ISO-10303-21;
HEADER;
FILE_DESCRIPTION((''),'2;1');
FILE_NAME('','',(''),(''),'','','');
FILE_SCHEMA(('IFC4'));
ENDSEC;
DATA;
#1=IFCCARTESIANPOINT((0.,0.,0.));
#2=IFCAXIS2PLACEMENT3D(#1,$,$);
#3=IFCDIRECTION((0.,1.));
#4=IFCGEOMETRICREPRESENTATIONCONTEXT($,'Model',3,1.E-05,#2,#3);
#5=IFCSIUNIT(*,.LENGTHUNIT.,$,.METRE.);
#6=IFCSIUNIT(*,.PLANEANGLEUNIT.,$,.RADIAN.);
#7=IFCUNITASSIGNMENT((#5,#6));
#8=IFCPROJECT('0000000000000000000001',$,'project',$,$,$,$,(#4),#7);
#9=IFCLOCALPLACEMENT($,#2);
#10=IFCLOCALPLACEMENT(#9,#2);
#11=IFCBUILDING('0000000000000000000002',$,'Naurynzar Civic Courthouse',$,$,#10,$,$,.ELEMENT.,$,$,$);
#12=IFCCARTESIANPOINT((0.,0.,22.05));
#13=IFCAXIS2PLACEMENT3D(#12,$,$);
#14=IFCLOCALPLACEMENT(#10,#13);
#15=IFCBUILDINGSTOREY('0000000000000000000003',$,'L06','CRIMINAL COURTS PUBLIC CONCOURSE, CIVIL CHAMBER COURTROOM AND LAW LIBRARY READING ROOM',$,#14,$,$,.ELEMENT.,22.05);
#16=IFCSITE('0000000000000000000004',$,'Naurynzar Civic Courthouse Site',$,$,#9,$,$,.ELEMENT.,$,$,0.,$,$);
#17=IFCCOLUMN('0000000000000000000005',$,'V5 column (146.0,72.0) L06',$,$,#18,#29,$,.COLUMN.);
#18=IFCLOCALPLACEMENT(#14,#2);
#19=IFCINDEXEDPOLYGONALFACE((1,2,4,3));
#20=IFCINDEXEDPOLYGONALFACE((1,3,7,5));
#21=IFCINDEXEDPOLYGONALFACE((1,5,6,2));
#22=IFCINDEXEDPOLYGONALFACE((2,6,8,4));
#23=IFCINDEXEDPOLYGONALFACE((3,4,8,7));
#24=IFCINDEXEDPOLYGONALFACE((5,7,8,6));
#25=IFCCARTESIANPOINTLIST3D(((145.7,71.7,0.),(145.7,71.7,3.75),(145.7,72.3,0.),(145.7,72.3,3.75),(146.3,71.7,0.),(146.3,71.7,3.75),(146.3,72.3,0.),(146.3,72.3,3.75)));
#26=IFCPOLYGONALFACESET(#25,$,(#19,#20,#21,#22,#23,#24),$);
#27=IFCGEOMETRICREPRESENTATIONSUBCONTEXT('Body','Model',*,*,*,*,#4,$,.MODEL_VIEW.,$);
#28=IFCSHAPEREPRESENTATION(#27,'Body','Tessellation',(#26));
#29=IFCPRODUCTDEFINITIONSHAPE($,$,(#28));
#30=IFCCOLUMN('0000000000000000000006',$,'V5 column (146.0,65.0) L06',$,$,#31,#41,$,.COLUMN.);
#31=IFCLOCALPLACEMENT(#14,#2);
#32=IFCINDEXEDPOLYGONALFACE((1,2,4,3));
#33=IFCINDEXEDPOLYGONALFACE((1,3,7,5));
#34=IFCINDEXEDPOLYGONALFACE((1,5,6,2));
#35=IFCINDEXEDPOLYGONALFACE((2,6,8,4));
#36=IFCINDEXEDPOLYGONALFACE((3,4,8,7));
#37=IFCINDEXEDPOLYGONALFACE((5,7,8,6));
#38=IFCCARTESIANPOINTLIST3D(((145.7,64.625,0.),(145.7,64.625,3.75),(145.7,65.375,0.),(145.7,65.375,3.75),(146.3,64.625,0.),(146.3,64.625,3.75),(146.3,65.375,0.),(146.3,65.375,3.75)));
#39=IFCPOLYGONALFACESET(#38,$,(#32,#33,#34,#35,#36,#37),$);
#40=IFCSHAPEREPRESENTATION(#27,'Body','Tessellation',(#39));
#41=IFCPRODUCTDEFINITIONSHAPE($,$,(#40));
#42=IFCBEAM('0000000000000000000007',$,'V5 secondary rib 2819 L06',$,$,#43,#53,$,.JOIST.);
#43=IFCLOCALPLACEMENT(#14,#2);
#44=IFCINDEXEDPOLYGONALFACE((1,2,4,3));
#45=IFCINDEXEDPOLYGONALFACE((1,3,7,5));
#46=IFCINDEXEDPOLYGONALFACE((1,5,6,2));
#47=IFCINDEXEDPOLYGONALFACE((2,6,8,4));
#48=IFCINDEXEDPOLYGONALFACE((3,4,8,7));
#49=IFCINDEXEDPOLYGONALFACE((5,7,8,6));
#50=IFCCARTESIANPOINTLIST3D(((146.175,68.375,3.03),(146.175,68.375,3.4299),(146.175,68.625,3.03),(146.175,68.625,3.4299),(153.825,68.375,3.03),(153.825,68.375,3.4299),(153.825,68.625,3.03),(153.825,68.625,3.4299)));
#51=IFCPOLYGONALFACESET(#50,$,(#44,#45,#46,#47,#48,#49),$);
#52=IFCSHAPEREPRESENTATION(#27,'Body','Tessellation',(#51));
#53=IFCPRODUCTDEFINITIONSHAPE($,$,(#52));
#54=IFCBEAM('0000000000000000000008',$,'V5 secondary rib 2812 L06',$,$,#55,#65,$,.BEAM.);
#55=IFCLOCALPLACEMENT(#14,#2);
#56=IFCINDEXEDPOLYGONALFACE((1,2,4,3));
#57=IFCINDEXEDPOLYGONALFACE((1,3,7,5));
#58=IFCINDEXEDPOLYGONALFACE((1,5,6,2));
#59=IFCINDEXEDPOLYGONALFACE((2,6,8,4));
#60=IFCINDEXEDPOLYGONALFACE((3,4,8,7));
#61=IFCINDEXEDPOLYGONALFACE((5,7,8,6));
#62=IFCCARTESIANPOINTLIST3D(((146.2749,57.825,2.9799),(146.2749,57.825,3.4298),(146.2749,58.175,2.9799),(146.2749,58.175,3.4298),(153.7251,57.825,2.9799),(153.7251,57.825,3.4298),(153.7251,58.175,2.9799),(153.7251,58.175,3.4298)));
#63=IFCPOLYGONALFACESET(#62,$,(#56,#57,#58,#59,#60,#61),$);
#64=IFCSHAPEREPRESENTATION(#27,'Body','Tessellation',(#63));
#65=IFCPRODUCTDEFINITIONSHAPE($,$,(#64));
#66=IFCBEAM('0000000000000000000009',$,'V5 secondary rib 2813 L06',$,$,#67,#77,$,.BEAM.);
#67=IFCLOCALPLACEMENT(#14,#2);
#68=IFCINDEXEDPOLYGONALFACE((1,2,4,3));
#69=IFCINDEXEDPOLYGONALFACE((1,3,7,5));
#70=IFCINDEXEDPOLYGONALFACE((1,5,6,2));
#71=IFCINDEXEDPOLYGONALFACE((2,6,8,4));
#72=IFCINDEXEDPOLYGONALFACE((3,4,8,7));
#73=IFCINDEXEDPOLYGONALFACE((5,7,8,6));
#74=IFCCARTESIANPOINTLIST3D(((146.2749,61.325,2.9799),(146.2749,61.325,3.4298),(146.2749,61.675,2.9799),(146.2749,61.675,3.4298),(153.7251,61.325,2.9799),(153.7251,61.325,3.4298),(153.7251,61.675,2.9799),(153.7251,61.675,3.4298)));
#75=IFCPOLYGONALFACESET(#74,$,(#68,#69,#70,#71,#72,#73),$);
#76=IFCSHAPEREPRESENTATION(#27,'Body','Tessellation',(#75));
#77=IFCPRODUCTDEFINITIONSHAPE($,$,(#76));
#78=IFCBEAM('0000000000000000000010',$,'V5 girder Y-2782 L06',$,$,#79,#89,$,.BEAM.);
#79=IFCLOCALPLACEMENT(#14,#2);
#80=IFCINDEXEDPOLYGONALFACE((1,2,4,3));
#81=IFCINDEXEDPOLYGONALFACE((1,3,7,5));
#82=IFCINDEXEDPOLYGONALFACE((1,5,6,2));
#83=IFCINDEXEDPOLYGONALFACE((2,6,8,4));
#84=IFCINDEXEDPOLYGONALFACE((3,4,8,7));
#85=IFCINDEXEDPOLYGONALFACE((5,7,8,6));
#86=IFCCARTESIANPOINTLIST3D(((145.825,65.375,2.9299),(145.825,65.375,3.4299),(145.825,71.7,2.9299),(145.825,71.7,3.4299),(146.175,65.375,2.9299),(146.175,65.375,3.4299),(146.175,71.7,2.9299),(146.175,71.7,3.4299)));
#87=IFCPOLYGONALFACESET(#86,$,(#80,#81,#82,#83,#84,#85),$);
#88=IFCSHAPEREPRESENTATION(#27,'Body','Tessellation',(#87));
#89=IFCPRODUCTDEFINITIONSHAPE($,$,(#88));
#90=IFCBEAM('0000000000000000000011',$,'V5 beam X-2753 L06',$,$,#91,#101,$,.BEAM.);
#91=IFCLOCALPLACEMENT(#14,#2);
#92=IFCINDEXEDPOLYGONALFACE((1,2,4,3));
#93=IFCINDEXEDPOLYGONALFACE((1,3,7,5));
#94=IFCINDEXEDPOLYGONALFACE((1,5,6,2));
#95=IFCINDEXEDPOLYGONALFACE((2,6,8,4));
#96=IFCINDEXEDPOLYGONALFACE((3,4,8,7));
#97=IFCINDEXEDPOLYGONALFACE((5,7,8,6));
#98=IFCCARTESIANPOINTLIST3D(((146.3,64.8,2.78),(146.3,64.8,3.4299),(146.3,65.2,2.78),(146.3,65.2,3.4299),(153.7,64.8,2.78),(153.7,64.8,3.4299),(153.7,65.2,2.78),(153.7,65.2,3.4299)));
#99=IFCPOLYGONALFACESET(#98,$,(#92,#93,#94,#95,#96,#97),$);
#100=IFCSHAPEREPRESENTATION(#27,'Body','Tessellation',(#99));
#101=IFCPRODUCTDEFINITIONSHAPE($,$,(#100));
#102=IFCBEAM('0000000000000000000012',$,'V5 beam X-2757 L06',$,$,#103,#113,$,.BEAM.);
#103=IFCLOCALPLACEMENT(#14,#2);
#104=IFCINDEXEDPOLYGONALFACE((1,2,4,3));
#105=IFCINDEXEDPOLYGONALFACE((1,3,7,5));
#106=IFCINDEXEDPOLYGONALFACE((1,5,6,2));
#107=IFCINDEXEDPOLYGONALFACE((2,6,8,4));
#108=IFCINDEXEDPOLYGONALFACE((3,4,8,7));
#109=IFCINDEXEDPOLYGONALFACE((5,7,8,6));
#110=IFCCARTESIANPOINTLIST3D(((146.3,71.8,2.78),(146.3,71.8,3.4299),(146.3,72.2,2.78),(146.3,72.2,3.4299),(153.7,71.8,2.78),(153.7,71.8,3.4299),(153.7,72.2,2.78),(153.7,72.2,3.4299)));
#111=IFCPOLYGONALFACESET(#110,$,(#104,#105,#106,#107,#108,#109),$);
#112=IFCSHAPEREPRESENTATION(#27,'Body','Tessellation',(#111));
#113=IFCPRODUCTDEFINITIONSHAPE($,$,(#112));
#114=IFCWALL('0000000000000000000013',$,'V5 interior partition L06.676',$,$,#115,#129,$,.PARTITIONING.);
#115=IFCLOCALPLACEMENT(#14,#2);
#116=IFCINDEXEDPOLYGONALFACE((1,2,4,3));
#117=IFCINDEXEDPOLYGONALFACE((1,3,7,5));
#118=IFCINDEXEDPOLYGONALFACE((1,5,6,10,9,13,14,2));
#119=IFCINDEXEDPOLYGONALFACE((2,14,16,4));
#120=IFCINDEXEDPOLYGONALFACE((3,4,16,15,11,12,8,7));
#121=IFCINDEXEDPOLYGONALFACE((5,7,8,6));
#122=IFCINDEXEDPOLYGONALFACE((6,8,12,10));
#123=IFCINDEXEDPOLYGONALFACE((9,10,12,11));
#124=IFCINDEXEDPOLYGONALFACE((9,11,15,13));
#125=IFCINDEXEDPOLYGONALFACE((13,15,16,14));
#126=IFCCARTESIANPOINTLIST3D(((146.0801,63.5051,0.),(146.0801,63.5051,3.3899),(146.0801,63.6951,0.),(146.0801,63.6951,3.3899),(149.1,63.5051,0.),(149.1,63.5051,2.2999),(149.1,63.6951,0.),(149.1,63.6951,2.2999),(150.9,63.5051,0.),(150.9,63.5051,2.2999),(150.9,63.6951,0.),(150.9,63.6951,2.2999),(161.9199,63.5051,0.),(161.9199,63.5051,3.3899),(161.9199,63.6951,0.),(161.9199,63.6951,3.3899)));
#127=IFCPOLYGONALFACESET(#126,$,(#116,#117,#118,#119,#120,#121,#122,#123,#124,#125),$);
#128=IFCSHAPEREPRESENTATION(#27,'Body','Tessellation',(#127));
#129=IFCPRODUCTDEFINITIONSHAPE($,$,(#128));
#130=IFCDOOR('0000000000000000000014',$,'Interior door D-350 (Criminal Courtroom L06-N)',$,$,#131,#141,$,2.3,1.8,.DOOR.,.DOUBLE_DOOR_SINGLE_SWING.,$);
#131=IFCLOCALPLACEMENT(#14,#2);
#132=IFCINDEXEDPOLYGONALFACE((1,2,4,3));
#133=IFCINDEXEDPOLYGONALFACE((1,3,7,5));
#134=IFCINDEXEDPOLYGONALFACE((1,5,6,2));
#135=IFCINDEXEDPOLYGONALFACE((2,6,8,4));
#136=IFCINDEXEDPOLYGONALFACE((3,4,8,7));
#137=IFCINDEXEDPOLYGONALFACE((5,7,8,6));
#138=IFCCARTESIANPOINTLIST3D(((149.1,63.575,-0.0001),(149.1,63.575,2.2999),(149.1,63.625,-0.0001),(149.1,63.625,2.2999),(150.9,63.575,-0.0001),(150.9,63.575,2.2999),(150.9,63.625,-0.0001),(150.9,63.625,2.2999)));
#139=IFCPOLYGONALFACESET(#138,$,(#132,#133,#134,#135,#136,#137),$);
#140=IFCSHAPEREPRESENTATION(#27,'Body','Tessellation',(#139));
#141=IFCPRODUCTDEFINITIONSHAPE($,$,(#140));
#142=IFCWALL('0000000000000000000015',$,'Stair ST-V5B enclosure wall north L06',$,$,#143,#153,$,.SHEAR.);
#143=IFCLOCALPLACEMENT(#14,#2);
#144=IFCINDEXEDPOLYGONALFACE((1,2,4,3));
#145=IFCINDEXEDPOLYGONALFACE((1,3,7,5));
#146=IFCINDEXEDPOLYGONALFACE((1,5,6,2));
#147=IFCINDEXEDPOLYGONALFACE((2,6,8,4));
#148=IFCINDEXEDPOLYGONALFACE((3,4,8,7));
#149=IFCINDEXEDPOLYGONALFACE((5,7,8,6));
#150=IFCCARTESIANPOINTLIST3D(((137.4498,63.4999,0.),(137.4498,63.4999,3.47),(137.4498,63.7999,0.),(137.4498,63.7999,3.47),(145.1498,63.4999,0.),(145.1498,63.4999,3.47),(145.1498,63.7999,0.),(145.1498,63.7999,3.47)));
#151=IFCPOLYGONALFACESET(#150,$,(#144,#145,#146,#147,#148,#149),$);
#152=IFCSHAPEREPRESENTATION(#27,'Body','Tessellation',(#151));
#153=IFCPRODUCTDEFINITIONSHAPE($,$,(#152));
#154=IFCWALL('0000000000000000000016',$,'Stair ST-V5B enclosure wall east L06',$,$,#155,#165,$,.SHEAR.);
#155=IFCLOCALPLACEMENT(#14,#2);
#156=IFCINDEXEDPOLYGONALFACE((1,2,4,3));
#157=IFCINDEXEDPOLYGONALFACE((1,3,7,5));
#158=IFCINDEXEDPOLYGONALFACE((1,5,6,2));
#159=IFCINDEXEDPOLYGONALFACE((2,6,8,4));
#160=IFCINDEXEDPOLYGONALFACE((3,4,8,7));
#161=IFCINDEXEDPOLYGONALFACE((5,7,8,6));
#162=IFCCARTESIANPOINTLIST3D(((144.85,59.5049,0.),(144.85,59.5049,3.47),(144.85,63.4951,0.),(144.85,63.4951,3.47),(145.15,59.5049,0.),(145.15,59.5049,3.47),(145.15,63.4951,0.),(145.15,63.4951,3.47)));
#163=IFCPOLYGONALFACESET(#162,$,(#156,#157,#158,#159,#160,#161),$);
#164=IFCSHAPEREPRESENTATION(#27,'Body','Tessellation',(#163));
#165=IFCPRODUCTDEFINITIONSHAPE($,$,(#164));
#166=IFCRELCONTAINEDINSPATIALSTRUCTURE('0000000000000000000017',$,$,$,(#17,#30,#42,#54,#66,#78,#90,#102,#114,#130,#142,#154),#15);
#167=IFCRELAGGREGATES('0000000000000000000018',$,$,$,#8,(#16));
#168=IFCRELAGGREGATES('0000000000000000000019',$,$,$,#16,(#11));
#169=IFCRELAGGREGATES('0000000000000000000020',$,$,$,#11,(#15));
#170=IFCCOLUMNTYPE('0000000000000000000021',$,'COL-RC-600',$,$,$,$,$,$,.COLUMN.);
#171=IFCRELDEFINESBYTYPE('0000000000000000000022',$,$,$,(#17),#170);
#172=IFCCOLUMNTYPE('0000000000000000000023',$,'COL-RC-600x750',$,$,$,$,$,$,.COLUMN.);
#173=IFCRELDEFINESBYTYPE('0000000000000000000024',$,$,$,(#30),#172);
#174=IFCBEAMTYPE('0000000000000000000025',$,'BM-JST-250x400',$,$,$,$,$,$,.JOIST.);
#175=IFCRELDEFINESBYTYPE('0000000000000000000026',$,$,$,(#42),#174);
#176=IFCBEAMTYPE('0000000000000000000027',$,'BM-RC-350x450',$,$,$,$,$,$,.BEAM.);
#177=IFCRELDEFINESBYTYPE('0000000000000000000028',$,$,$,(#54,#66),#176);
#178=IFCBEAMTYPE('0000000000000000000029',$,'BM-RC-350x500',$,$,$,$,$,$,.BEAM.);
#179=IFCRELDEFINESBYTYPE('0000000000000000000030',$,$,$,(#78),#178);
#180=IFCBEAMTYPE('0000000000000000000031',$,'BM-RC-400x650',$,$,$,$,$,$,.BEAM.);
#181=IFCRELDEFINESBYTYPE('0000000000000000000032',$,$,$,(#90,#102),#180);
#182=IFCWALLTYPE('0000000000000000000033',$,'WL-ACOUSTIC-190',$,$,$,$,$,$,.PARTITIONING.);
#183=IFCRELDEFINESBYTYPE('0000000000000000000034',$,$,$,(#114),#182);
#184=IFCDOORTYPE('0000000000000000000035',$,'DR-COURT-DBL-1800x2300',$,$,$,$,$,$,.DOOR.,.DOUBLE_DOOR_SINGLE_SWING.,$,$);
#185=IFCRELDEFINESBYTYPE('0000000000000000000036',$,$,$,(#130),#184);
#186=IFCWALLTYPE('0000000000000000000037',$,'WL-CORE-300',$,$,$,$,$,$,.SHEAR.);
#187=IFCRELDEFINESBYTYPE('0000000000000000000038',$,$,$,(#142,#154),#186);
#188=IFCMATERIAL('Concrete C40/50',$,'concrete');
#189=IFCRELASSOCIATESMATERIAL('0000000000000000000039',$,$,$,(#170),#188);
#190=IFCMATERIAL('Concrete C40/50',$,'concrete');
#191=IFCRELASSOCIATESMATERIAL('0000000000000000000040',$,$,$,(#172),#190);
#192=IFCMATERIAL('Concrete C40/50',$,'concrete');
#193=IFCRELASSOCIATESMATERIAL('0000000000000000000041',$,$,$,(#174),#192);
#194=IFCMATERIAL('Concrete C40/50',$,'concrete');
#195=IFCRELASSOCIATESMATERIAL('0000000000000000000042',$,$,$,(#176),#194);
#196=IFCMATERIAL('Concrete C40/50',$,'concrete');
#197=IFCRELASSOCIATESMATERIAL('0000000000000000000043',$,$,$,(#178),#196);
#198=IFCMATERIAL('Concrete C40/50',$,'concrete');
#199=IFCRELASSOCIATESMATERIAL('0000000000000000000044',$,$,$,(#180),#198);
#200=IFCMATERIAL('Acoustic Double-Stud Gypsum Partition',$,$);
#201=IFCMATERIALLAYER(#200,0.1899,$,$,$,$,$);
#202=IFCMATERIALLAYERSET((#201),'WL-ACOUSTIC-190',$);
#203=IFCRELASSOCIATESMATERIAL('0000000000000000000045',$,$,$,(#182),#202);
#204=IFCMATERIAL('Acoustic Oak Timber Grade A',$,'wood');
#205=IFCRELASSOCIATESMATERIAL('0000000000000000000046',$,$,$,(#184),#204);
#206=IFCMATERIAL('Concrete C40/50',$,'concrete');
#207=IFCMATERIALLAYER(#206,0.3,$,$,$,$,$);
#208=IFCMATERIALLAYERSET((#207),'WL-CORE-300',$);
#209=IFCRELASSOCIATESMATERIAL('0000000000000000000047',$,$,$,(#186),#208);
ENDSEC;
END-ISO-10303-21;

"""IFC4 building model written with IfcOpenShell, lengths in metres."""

from ifc_helpers import new_model, si_unit, direction, frame, frame_2d, origin, origin_2d, place, context, subcontext, project, spatial, rectangle, extrude, material, layer, layer_set, material_profile, profile_set, type_object, element, fill, save


model = new_model("IFC4")

# Units and contexts
model_context = context("Model", 3, precision=1e-05, world=origin(), true_north=direction((0.0, 1.0)))
body_context = subcontext(model_context, "Body", "Model", "MODEL_VIEW")
ifc_project = project(units=[si_unit("LENGTHUNIT", "METRE"), si_unit("PLANEANGLEUNIT", "RADIAN")], contexts=[model_context])

# Site, building, storey
site_placement = place(None, origin())
site = spatial("IfcSite", under=ifc_project, at=site_placement, Name="Naurynzar Civic Courthouse Site", CompositionType="ELEMENT", RefElevation=0.0)
building_placement = place(site_placement, origin())
building = spatial("IfcBuilding", under=site, at=building_placement, Name="Naurynzar Civic Courthouse", CompositionType="ELEMENT")
storey_placement = place(building_placement, frame((0.0, 0.0, 22.05)))
storey = spatial("IfcBuildingStorey", under=building, at=storey_placement, Name="L06", Description="CRIMINAL COURTS PUBLIC CONCOURSE, CIVIL CHAMBER COURTROOM AND LAW LIBRARY READING ROOM", CompositionType="ELEMENT", Elevation=22.05)

# Columns
ifc_material_1 = material(Name="Concrete C40/50", Category="concrete")
ifc_material_profile_1 = material_profile(ifc_material_1, rectangle(XDim=0.6001, YDim=0.6001, at=origin_2d()), Name="RC 600x600")
ifc_profile_set_1 = profile_set([ifc_material_profile_1], Name="Concrete C40/50")
column_type_1 = type_object("IfcColumnType", Name="COL-RC-600", PredefinedType="COLUMN", material=ifc_profile_set_1)
column_1_placement = place(storey_placement, frame((146.0, 72.0, 0.0), z_axis=(0.0, 0.0, 1.0), x_axis=(1.0, 0.0, 0.0)))
element("IfcColumn", 1, at=column_1_placement, inside=storey, type_object=column_type_1, Name="V5 column (146.0,72.0) L06", PredefinedType="COLUMN", context=body_context, shape_type="SweptSolid", body=[
    extrude(rectangle(XDim=0.6001, YDim=0.6001, at=origin_2d()), origin(), (0.0, 0.0, 1.0), 3.75),
])
ifc_material_2 = material(Name="Concrete C40/50", Category="concrete")
ifc_material_profile_2 = material_profile(ifc_material_2, rectangle(XDim=0.6001, YDim=0.75, at=origin_2d()), Name="RC 600x750")
ifc_profile_set_2 = profile_set([ifc_material_profile_2], Name="Concrete C40/50")
column_type_2 = type_object("IfcColumnType", Name="COL-RC-600x750", PredefinedType="COLUMN", material=ifc_profile_set_2)
column_2_placement = place(storey_placement, frame((146.0, 65.0, 0.0), z_axis=(0.0, 0.0, 1.0), x_axis=(1.0, 0.0, 0.0)))
element("IfcColumn", 2, at=column_2_placement, inside=storey, type_object=column_type_2, Name="V5 column (146.0,65.0) L06", PredefinedType="COLUMN", context=body_context, shape_type="SweptSolid", body=[
    extrude(rectangle(XDim=0.6001, YDim=0.75, at=origin_2d()), origin(), (0.0, 0.0, 1.0), 3.75),
])

# Beams
ifc_material_3 = material(Name="Concrete C40/50", Category="concrete")
ifc_material_profile_3 = material_profile(ifc_material_3, rectangle(XDim=0.25, YDim=0.3999, at=origin_2d()), Name="RCB 250x400")
ifc_profile_set_3 = profile_set([ifc_material_profile_3], Name="Concrete C40/50")
beam_type_1 = type_object("IfcBeamType", Name="BM-JST-250x400", PredefinedType="JOIST", material=ifc_profile_set_3)
beam_1_placement = place(storey_placement, frame((146.175, 68.5, 3.23), z_axis=(1.0, 0.0, 0.0), x_axis=(0.0, 1.0, 0.0)))
element("IfcBeam", 3, at=beam_1_placement, inside=storey, type_object=beam_type_1, Name="V5 secondary rib 2819 L06", PredefinedType="JOIST", context=body_context, shape_type="SweptSolid", body=[
    extrude(rectangle(XDim=0.25, YDim=0.3999, at=origin_2d()), origin(), (0.0, 0.0, 1.0), 7.6499),
])
ifc_material_4 = material(Name="Concrete C40/50", Category="concrete")
ifc_material_profile_4 = material_profile(ifc_material_4, rectangle(XDim=0.3501, YDim=0.45, at=origin_2d()), Name="RCB 350x450")
ifc_profile_set_4 = profile_set([ifc_material_profile_4], Name="Concrete C40/50")
beam_type_2 = type_object("IfcBeamType", Name="BM-RC-350x450", PredefinedType="BEAM", material=ifc_profile_set_4)
for number, where, z_axis, x_axis, name in (
    (4, (146.2749, 58.0, 3.2048), (1.0, 0.0, 0.0), (0.0, 1.0, 0.0), "V5 secondary rib 2812 L06"),
    (5, (146.2749, 61.5, 3.2048), (1.0, 0.0, 0.0), (0.0, 1.0, 0.0), "V5 secondary rib 2813 L06"),
):
    element("IfcBeam", number, at=place(storey_placement, frame(where, z_axis=z_axis, x_axis=x_axis)), inside=storey, type_object=beam_type_2, Name=name, PredefinedType="BEAM", context=body_context, shape_type="SweptSolid", body=[
        extrude(rectangle(XDim=0.3501, YDim=0.45, at=origin_2d()), origin(), (0.0, 0.0, 1.0), 7.4502),
    ])
ifc_material_5 = material(Name="Concrete C40/50", Category="concrete")
ifc_material_profile_5 = material_profile(ifc_material_5, rectangle(XDim=0.3501, YDim=0.5, at=origin_2d()), Name="RCB 350x500")
ifc_profile_set_5 = profile_set([ifc_material_profile_5], Name="Concrete C40/50")
beam_type_3 = type_object("IfcBeamType", Name="BM-RC-350x500", PredefinedType="BEAM", material=ifc_profile_set_5)
beam_2_placement = place(storey_placement, frame((146.0, 65.375, 3.1799), z_axis=(0.0, 1.0, 0.0), x_axis=(-1.0, 0.0, 0.0)))
element("IfcBeam", 6, at=beam_2_placement, inside=storey, type_object=beam_type_3, Name="V5 girder Y-2782 L06", PredefinedType="BEAM", context=body_context, shape_type="SweptSolid", body=[
    extrude(rectangle(XDim=0.3501, YDim=0.5, at=origin_2d()), origin(), (0.0, 0.0, 1.0), 6.325),
])
ifc_material_6 = material(Name="Concrete C40/50", Category="concrete")
ifc_material_profile_6 = material_profile(ifc_material_6, rectangle(XDim=0.3999, YDim=0.6499, at=origin_2d()), Name="RCB 400x650")
ifc_profile_set_6 = profile_set([ifc_material_profile_6], Name="Concrete C40/50")
beam_type_4 = type_object("IfcBeamType", Name="BM-RC-400x650", PredefinedType="BEAM", material=ifc_profile_set_6)
for number, where, z_axis, x_axis, name in (
    (7, (146.3, 65.0, 3.105), (1.0, 0.0, 0.0), (0.0, 1.0, 0.0), "V5 beam X-2753 L06"),
    (8, (146.3, 72.0, 3.105), (1.0, 0.0, 0.0), (0.0, 1.0, 0.0), "V5 beam X-2757 L06"),
):
    element("IfcBeam", number, at=place(storey_placement, frame(where, z_axis=z_axis, x_axis=x_axis)), inside=storey, type_object=beam_type_4, Name=name, PredefinedType="BEAM", context=body_context, shape_type="SweptSolid", body=[
        extrude(rectangle(XDim=0.3999, YDim=0.6499, at=origin_2d()), origin(), (0.0, 0.0, 1.0), 7.3999),
    ])

# Wall, opening, door
ifc_material_7 = material(Name="Acoustic Double-Stud Gypsum Partition")
ifc_layer_1 = layer(ifc_material_7, 0.1899)
ifc_layer_set_1 = layer_set([ifc_layer_1], Name="WL-ACOUSTIC-190")
wall_type_1 = type_object("IfcWallType", Name="WL-ACOUSTIC-190", PredefinedType="PARTITIONING", material=ifc_layer_set_1)
wall_1_placement = place(storey_placement, frame((146.0801, 63.6001, 0.0), z_axis=(0.0, 0.0, 1.0), x_axis=(1.0, 0.0, 0.0)))
wall_1 = element("IfcWall", 9, at=wall_1_placement, inside=storey, type_object=wall_type_1, Name="V5 interior partition L06.676", PredefinedType="PARTITIONING", context=body_context, shape_type="SweptSolid", body=[
    extrude(rectangle(XDim=15.8398, YDim=0.1899, at=frame_2d((7.9199, 0.0))), origin(), (0.0, 0.0, 1.0), 3.3899),
])
opening_1_placement = place(wall_1_placement, frame((3.02, 0.0, 0.0)))
opening_1 = element("IfcOpeningElement", 10, at=opening_1_placement, cuts=wall_1, PredefinedType="OPENING", context=body_context, shape_type="SweptSolid", body=[
    extrude(rectangle(XDim=1.8, YDim=2.3, at=frame_2d((0.8999, 1.1499))), frame((0.0, 0.105, 0.0), z_axis=(0.0, -1.0, 0.0), x_axis=(1.0, 0.0, 0.0)), (0.0, 0.0, 1.0), 0.21),
])
ifc_material_8 = material(Name="Acoustic Oak Timber Grade A", Category="wood")
door_type_1 = type_object("IfcDoorType", Name="DR-COURT-DBL-1800x2300", OperationType="DOUBLE_DOOR_SINGLE_SWING", PredefinedType="DOOR", material=ifc_material_8)
door_1_placement = place(opening_1_placement, origin())
door_1 = element("IfcDoor", 11, at=door_1_placement, inside=storey, type_object=door_type_1, Name="Interior door D-350 (Criminal Courtroom L06-N)", OperationType="DOUBLE_DOOR_SINGLE_SWING", OverallHeight=2.3, OverallWidth=1.8, PredefinedType="DOOR", context=body_context, shape_type="SweptSolid", body=[
    extrude(rectangle(XDim=1.8, YDim=2.3, at=frame_2d((0.8999, 1.1499))), frame((0.0, 0.0249, 0.0), z_axis=(0.0, -1.0, 0.0), x_axis=(1.0, 0.0, 0.0)), (0.0, 0.0, 1.0), 0.05),
])
fill(opening_1, door_1)

# Walls
ifc_material_9 = material(Name="Concrete C40/50", Category="concrete")
ifc_layer_2 = layer(ifc_material_9, 0.3)
ifc_layer_set_2 = layer_set([ifc_layer_2], Name="WL-CORE-300")
wall_type_2 = type_object("IfcWallType", Name="WL-CORE-300", PredefinedType="SHEAR", material=ifc_layer_set_2)
wall_2_placement = place(storey_placement, frame((145.1499, 63.6499, 0.0), z_axis=(0.0, 0.0, 1.0), x_axis=(-1.0, 0.0, 0.0)))
element("IfcWall", 12, at=wall_2_placement, inside=storey, type_object=wall_type_2, Name="Stair ST-V5B enclosure wall north L06", PredefinedType="SHEAR", context=body_context, shape_type="SweptSolid", body=[
    extrude(rectangle(XDim=7.7, YDim=0.3, at=frame_2d((3.8501, 0.0))), origin(), (0.0, 0.0, 1.0), 3.47),
])
wall_3_placement = place(storey_placement, frame((145.0, 59.5049, 0.0), z_axis=(0.0, 0.0, 1.0), x_axis=(0.0, 1.0, 0.0)))
element("IfcWall", 13, at=wall_3_placement, inside=storey, type_object=wall_type_2, Name="Stair ST-V5B enclosure wall east L06", PredefinedType="SHEAR", context=body_context, shape_type="SweptSolid", body=[
    extrude(rectangle(XDim=3.9902, YDim=0.3, at=frame_2d((1.9951, 0.0))), origin(), (0.0, 0.0, 1.0), 3.47),
])

save(model, "model.ifc")
